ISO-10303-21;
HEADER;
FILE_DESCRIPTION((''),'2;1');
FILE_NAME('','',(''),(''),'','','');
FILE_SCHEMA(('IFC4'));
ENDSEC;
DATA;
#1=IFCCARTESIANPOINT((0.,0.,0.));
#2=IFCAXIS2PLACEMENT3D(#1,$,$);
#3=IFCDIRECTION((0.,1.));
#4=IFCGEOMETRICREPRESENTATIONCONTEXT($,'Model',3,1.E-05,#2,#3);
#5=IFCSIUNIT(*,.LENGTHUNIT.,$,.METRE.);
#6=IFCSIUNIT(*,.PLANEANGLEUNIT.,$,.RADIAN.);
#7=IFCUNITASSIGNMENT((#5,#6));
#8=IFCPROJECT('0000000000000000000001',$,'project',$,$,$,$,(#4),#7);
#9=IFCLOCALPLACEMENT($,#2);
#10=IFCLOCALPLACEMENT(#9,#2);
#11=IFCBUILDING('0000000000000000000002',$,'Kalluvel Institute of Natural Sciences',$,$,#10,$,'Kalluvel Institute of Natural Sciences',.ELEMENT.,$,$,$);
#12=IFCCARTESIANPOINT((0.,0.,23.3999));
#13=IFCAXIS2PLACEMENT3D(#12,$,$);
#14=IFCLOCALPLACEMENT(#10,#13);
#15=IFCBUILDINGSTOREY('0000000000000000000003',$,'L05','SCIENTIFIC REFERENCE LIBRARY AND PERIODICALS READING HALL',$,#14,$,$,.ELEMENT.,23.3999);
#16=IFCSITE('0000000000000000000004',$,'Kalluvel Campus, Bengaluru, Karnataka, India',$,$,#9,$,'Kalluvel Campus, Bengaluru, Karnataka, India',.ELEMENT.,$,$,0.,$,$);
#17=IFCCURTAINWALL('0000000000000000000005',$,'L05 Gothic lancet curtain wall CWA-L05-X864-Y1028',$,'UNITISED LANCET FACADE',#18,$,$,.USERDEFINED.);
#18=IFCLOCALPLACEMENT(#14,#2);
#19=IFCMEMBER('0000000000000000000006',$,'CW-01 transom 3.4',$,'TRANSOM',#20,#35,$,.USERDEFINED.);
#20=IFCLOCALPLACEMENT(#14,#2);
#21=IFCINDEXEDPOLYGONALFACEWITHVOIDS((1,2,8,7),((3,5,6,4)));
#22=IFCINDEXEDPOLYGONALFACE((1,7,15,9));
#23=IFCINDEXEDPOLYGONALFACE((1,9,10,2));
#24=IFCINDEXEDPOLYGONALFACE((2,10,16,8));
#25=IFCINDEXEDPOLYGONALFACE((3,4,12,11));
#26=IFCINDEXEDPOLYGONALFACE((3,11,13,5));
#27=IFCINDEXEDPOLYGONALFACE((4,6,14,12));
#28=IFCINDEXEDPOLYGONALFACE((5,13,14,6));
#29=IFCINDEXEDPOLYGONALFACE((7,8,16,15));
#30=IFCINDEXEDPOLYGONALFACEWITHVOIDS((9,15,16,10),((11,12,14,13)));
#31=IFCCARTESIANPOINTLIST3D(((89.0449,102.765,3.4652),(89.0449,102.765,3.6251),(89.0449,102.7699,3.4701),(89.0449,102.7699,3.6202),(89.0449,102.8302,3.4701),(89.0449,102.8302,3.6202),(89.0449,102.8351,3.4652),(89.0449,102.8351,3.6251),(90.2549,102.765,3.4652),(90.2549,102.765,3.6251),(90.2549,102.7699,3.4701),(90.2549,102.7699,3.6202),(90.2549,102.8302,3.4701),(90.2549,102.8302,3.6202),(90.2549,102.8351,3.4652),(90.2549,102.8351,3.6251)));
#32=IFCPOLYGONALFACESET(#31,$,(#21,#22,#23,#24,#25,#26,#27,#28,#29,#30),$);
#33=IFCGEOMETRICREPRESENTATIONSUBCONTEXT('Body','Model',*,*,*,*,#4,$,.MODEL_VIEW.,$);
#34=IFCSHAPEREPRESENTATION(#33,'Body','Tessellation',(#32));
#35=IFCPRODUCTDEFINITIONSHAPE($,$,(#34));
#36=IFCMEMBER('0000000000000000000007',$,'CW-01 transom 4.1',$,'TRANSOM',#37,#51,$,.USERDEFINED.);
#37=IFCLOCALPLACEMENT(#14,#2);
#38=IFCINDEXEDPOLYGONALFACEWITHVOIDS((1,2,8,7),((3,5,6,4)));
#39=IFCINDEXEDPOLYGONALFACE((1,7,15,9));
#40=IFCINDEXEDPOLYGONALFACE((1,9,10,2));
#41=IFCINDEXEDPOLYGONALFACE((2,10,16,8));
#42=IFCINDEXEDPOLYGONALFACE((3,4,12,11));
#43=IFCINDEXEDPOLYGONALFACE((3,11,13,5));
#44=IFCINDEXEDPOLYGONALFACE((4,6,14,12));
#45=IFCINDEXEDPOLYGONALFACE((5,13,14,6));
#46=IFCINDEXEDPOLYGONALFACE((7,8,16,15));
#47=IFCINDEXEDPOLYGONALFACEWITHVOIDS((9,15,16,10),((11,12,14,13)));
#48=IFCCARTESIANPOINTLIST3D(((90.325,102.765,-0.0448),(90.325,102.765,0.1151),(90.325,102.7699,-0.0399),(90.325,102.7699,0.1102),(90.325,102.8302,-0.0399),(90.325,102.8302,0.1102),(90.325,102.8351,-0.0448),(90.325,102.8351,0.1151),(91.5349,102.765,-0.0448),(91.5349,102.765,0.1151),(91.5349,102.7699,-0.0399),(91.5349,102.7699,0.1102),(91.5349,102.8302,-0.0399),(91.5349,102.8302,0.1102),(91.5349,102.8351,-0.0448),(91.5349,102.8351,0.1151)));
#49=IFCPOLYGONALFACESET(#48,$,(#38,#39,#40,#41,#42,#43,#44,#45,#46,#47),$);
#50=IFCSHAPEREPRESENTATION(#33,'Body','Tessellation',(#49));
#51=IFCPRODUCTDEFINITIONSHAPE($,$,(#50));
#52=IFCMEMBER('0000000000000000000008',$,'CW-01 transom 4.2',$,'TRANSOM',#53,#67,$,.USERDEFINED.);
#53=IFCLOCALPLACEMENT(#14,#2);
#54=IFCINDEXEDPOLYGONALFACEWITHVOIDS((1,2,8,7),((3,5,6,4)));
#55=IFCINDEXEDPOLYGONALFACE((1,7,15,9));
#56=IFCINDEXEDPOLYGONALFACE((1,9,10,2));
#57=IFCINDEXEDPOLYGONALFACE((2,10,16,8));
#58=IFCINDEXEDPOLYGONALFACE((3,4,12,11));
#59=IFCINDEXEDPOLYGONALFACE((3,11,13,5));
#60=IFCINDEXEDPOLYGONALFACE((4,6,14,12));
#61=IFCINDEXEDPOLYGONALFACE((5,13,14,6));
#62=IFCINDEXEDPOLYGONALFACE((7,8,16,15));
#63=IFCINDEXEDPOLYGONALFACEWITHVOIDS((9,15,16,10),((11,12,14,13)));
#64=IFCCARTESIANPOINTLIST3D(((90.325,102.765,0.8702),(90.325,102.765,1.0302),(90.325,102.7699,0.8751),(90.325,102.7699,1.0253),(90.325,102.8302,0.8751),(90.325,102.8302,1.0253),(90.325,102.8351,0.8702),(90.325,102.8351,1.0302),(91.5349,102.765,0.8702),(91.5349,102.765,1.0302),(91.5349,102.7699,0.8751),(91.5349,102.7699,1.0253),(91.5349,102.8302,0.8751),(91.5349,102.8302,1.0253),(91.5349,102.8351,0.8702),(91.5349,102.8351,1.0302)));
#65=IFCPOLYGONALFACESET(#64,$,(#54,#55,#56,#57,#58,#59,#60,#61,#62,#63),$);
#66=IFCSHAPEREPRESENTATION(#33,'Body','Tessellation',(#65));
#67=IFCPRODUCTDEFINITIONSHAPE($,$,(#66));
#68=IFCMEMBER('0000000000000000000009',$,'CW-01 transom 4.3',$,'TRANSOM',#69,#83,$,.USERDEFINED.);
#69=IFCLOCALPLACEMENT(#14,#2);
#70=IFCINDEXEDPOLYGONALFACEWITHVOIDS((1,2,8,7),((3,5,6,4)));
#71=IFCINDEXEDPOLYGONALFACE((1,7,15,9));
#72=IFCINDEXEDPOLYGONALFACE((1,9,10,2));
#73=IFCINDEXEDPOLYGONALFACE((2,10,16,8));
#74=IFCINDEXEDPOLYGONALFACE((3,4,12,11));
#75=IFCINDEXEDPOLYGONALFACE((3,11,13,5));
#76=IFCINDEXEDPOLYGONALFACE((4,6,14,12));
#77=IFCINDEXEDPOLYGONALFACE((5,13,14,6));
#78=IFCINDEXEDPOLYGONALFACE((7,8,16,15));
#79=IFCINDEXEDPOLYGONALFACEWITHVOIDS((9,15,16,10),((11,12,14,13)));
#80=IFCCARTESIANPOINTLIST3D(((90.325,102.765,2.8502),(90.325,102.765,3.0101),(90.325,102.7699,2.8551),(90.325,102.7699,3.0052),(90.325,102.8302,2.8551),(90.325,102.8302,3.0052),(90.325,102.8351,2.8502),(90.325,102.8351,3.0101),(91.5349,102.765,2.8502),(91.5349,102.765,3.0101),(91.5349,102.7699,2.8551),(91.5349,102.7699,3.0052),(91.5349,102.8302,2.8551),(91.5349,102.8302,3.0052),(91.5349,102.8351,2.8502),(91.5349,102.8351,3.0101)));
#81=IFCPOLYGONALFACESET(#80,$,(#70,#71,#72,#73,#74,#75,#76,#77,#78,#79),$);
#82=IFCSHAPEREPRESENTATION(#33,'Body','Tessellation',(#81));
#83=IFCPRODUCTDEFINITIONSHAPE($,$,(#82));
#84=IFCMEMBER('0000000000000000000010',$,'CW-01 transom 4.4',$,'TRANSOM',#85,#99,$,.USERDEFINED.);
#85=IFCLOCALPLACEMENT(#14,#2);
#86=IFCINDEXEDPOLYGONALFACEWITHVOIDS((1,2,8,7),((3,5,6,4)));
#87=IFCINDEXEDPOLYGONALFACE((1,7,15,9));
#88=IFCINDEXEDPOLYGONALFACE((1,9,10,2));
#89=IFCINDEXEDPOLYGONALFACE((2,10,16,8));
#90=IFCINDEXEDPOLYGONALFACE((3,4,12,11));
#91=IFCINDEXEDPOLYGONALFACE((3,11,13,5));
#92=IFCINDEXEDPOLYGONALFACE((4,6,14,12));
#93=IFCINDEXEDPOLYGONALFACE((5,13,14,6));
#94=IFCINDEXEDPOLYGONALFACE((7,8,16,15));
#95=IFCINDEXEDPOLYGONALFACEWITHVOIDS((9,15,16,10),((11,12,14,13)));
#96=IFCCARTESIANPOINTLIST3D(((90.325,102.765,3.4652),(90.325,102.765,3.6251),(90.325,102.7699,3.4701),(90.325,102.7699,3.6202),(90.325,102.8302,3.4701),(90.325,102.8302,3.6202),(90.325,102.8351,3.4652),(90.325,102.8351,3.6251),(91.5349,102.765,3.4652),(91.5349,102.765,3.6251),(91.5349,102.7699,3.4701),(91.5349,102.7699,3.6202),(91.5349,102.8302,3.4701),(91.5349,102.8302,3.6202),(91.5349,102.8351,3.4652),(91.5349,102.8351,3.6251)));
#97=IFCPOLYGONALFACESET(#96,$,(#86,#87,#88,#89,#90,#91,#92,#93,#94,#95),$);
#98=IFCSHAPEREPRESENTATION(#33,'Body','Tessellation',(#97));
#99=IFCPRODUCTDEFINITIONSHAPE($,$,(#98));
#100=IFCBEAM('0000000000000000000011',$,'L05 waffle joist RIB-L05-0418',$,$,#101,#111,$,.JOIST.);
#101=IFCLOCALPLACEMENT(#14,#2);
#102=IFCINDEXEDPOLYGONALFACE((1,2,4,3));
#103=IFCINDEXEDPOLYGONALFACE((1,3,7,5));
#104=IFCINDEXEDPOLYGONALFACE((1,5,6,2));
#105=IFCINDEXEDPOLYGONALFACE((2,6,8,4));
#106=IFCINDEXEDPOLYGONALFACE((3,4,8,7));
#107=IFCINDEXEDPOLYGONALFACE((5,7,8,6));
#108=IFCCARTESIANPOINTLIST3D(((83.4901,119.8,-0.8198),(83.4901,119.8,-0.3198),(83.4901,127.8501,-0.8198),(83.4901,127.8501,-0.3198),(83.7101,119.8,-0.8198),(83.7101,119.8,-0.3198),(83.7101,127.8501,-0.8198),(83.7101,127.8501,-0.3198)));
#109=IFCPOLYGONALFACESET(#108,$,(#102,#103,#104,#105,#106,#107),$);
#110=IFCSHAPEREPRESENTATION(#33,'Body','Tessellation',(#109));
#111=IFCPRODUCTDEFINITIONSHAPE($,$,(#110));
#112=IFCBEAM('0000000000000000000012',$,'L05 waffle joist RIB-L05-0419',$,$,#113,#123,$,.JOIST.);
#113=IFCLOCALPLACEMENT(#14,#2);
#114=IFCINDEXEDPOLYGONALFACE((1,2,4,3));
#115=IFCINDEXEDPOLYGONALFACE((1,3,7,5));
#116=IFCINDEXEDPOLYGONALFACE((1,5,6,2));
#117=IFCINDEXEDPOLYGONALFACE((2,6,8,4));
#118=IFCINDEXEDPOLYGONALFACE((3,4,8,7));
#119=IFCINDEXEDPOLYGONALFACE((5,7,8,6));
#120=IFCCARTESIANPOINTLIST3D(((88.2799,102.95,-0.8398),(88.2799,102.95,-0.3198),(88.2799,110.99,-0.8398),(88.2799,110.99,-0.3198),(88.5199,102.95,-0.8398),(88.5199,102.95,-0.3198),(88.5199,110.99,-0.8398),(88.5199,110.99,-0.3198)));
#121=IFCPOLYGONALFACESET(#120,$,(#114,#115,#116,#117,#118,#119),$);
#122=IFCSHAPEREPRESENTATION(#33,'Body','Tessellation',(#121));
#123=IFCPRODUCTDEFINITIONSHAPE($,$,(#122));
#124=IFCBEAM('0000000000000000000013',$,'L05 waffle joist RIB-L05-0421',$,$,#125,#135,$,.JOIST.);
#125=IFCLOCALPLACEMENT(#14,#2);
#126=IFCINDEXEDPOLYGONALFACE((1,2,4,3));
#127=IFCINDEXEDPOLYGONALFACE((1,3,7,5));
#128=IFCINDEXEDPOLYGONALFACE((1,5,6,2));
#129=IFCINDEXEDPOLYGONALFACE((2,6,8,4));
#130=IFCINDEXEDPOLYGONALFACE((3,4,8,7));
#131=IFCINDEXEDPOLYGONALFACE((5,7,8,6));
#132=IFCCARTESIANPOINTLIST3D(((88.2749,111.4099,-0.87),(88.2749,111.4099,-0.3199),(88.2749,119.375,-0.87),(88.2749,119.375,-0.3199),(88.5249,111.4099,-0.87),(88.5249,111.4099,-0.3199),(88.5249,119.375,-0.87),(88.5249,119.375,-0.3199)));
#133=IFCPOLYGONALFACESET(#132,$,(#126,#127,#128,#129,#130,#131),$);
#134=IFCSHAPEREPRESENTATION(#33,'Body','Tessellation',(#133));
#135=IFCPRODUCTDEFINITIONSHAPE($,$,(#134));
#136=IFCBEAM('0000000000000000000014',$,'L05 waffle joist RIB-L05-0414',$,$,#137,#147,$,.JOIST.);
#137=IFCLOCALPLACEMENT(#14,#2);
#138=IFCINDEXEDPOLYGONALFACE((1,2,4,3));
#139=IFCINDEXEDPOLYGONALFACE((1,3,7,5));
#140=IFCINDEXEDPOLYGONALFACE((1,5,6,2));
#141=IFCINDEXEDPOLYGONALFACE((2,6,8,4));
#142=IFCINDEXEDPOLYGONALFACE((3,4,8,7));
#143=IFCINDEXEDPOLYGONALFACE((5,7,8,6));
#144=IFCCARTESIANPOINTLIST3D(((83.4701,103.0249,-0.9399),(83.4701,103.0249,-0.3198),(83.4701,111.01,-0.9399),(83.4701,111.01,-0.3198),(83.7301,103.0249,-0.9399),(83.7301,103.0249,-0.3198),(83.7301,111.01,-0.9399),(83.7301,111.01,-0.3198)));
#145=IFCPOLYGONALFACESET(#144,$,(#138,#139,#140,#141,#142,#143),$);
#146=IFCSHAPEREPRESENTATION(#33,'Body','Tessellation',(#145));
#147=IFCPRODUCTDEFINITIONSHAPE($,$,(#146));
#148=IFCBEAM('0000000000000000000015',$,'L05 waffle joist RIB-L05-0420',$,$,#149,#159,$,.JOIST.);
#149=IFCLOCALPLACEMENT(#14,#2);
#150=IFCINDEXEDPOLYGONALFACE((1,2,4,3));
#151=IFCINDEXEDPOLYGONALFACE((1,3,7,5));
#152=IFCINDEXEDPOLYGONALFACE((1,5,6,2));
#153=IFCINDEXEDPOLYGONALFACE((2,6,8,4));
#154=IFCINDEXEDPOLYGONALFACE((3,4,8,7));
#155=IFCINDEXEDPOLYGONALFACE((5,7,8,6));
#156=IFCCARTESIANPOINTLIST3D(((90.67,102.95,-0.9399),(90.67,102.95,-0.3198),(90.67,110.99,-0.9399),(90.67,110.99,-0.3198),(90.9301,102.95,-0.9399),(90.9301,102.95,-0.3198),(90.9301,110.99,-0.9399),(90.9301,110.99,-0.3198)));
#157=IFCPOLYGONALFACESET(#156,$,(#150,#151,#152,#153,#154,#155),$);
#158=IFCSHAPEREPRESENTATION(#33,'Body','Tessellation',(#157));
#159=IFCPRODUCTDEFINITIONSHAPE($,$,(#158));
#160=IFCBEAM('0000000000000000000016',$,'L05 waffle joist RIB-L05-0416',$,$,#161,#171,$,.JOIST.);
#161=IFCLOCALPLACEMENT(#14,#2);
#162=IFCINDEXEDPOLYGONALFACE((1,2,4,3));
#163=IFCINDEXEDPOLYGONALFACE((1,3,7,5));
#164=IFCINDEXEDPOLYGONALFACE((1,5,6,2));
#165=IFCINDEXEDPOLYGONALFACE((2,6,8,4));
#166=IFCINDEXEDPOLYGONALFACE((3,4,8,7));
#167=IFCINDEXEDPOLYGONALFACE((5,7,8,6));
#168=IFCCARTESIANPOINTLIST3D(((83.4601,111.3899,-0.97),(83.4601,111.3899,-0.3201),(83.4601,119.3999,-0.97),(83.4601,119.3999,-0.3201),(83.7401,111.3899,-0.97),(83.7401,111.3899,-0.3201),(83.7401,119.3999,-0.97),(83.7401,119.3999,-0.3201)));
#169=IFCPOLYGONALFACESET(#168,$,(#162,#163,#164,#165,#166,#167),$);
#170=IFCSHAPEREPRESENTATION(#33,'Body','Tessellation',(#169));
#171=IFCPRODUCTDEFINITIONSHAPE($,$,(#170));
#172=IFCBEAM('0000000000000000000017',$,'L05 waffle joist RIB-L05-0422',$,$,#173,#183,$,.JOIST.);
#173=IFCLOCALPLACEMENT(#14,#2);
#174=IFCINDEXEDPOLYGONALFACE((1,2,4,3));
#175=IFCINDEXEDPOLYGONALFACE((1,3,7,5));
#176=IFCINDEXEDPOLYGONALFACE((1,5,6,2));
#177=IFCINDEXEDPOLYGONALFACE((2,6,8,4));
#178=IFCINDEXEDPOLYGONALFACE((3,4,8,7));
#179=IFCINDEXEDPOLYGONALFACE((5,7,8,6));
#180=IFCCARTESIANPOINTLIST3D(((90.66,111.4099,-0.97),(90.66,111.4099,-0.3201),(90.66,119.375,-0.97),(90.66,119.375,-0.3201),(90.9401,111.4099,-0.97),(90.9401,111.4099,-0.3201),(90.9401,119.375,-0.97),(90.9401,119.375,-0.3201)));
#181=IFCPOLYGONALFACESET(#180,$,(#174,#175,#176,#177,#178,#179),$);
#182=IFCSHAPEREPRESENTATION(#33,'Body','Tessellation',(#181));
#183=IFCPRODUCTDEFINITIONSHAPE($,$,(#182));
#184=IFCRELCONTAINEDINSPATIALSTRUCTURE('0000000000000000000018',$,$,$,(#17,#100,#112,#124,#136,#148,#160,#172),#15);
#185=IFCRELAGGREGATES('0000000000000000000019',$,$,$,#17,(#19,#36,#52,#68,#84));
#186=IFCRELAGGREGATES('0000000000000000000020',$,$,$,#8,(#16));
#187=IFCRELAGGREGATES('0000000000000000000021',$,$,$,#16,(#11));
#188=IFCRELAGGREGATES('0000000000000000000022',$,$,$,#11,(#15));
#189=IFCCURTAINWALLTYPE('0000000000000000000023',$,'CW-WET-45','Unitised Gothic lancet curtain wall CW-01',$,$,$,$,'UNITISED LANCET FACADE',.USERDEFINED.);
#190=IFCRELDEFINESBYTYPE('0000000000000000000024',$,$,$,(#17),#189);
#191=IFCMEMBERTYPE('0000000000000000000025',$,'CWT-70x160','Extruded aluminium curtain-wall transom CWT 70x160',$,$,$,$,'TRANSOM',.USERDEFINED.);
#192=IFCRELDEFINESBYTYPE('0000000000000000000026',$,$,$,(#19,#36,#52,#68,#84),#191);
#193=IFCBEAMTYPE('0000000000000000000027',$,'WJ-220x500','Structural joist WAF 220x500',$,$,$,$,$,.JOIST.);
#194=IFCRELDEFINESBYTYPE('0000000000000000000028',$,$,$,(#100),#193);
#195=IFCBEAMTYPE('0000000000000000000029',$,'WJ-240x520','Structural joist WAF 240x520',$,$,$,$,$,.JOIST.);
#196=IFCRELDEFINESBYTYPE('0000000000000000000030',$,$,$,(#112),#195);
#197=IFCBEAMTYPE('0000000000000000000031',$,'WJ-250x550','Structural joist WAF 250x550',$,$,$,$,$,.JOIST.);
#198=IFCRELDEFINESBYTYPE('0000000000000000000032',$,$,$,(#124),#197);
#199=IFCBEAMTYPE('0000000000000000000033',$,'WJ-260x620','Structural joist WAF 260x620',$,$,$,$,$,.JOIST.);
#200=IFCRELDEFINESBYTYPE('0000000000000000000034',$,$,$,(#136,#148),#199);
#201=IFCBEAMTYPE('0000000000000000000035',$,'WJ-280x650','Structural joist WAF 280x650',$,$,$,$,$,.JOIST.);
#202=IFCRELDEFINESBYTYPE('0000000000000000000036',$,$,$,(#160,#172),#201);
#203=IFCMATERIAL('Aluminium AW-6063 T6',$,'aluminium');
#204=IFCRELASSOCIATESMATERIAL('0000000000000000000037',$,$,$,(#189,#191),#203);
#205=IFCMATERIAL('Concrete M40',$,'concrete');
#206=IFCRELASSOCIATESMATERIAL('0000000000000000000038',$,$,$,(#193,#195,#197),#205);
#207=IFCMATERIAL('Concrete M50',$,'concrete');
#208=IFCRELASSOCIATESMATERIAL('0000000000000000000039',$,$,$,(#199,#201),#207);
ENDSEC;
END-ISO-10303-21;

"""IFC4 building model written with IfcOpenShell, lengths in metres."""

from ifc_helpers import new_model, si_unit, direction, frame, origin, origin_2d, place, context, subcontext, project, spatial, rectangle, hollow_rectangle, extrude, material, material_profile, profile_set, type_object, element, aggregate, save


model = new_model("IFC4")

# Units and contexts
model_context = context("Model", 3, precision=1e-05, world=origin(), true_north=direction((0.0, 1.0)))
body_context = subcontext(model_context, "Body", "Model", "MODEL_VIEW")
ifc_project = project(units=[si_unit("LENGTHUNIT", "METRE"), si_unit("PLANEANGLEUNIT", "RADIAN")], contexts=[model_context])

# Site, building, storey
site_placement = place(None, origin())
site = spatial("IfcSite", under=ifc_project, at=site_placement, Name="Kalluvel Campus, Bengaluru, Karnataka, India", LongName="Kalluvel Campus, Bengaluru, Karnataka, India", CompositionType="ELEMENT", RefElevation=0.0)
building_placement = place(site_placement, origin())
building = spatial("IfcBuilding", under=site, at=building_placement, Name="Kalluvel Institute of Natural Sciences", LongName="Kalluvel Institute of Natural Sciences", CompositionType="ELEMENT")
storey_placement = place(building_placement, frame((0.0, 0.0, 23.3999)))
storey = spatial("IfcBuildingStorey", under=building, at=storey_placement, Name="L05", Description="SCIENTIFIC REFERENCE LIBRARY AND PERIODICALS READING HALL", CompositionType="ELEMENT", Elevation=23.3999)

# Shared definitions
ifc_material_1 = material(Name="Concrete M50", Category="concrete")
ifc_material_2 = material(Name="Concrete M40", Category="concrete")

# Curtain wall, members
ifc_material_3 = material(Name="Aluminium AW-6063 T6", Category="aluminium")
curtain_wall_type = type_object("IfcCurtainWallType", Name="CW-WET-45", Description="Unitised Gothic lancet curtain wall CW-01", ElementType="UNITISED LANCET FACADE", PredefinedType="USERDEFINED", material=ifc_material_3)
curtain_wall_placement = place(storey_placement, origin())
curtain_wall = element("IfcCurtainWall", 1, at=curtain_wall_placement, inside=storey, type_object=curtain_wall_type, Name="L05 Gothic lancet curtain wall CWA-L05-X864-Y1028", ObjectType="UNITISED LANCET FACADE", PredefinedType="USERDEFINED")
ifc_material_profile_1 = material_profile(ifc_material_3, hollow_rectangle(XDim=0.0701, YDim=0.1599, WallThickness=0.0049, at=origin_2d()), Name="CWT 70x160")
ifc_profile_set_1 = profile_set([ifc_material_profile_1], Name="Aluminium AW-6063 T6")
member_type_1 = type_object("IfcMemberType", Name="CWT-70x160", Description="Extruded aluminium curtain-wall transom CWT 70x160", ElementType="TRANSOM", PredefinedType="USERDEFINED", material=ifc_profile_set_1)
member_1_placement = place(storey_placement, frame((89.0449, 102.8, 3.5452), z_axis=(1.0, 0.0, 0.0), x_axis=(0.0, 1.0, 0.0)))
member_1 = element("IfcMember", 2, at=member_1_placement, type_object=member_type_1, Name="CW-01 transom 3.4", ObjectType="TRANSOM", PredefinedType="USERDEFINED", context=body_context, shape_type="SweptSolid", body=[
    extrude(hollow_rectangle(XDim=0.0701, YDim=0.1599, WallThickness=0.0049, at=origin_2d()), origin(), (0.0, 0.0, 1.0), 1.21),
])
member_2_placement = place(storey_placement, frame((90.325, 102.8, 0.0352), z_axis=(1.0, 0.0, 0.0), x_axis=(0.0, 1.0, 0.0)))
member_2 = element("IfcMember", 3, at=member_2_placement, type_object=member_type_1, Name="CW-01 transom 4.1", ObjectType="TRANSOM", PredefinedType="USERDEFINED", context=body_context, shape_type="SweptSolid", body=[
    extrude(hollow_rectangle(XDim=0.0701, YDim=0.1599, WallThickness=0.0049, at=origin_2d()), origin(), (0.0, 0.0, 1.0), 1.21),
])
member_3_placement = place(storey_placement, frame((90.325, 102.8, 0.9502), z_axis=(1.0, 0.0, 0.0), x_axis=(0.0, 1.0, 0.0)))
member_3 = element("IfcMember", 4, at=member_3_placement, type_object=member_type_1, Name="CW-01 transom 4.2", ObjectType="TRANSOM", PredefinedType="USERDEFINED", context=body_context, shape_type="SweptSolid", body=[
    extrude(hollow_rectangle(XDim=0.0701, YDim=0.1599, WallThickness=0.0049, at=origin_2d()), origin(), (0.0, 0.0, 1.0), 1.21),
])
member_4_placement = place(storey_placement, frame((90.325, 102.8, 2.9302), z_axis=(1.0, 0.0, 0.0), x_axis=(0.0, 1.0, 0.0)))
member_4 = element("IfcMember", 5, at=member_4_placement, type_object=member_type_1, Name="CW-01 transom 4.3", ObjectType="TRANSOM", PredefinedType="USERDEFINED", context=body_context, shape_type="SweptSolid", body=[
    extrude(hollow_rectangle(XDim=0.0701, YDim=0.1599, WallThickness=0.0049, at=origin_2d()), origin(), (0.0, 0.0, 1.0), 1.21),
])
member_5_placement = place(storey_placement, frame((90.325, 102.8, 3.5452), z_axis=(1.0, 0.0, 0.0), x_axis=(0.0, 1.0, 0.0)))
member_5 = element("IfcMember", 6, at=member_5_placement, type_object=member_type_1, Name="CW-01 transom 4.4", ObjectType="TRANSOM", PredefinedType="USERDEFINED", context=body_context, shape_type="SweptSolid", body=[
    extrude(hollow_rectangle(XDim=0.0701, YDim=0.1599, WallThickness=0.0049, at=origin_2d()), origin(), (0.0, 0.0, 1.0), 1.21),
])

# Beams
ifc_material_profile_2 = material_profile(ifc_material_2, rectangle(XDim=0.22, YDim=0.5, at=origin_2d()), Name="WAF 220x500")
ifc_profile_set_2 = profile_set([ifc_material_profile_2], Name="Concrete M40")
beam_type_1 = type_object("IfcBeamType", Name="WJ-220x500", Description="Structural joist WAF 220x500", PredefinedType="JOIST", material=ifc_profile_set_2)
beam_1_placement = place(storey_placement, frame((83.6001, 119.8, -0.5698), z_axis=(0.0, 1.0, 0.0), x_axis=(-1.0, 0.0, 0.0)))
element("IfcBeam", 7, at=beam_1_placement, inside=storey, type_object=beam_type_1, Name="L05 waffle joist RIB-L05-0418", PredefinedType="JOIST", context=body_context, shape_type="SweptSolid", body=[
    extrude(rectangle(XDim=0.22, YDim=0.5, at=origin_2d()), origin(), (0.0, 0.0, 1.0), 8.05),
])
ifc_material_profile_3 = material_profile(ifc_material_2, rectangle(XDim=0.24, YDim=0.52, at=origin_2d()), Name="WAF 240x520")
ifc_profile_set_3 = profile_set([ifc_material_profile_3], Name="Concrete M40")
beam_type_2 = type_object("IfcBeamType", Name="WJ-240x520", Description="Structural joist WAF 240x520", PredefinedType="JOIST", material=ifc_profile_set_3)
beam_2_placement = place(storey_placement, frame((88.3999, 102.95, -0.5798), z_axis=(0.0, 1.0, 0.0), x_axis=(-1.0, 0.0, 0.0)))
element("IfcBeam", 8, at=beam_2_placement, inside=storey, type_object=beam_type_2, Name="L05 waffle joist RIB-L05-0419", PredefinedType="JOIST", context=body_context, shape_type="SweptSolid", body=[
    extrude(rectangle(XDim=0.24, YDim=0.52, at=origin_2d()), origin(), (0.0, 0.0, 1.0), 8.04),
])
ifc_material_profile_4 = material_profile(ifc_material_2, rectangle(XDim=0.25, YDim=0.55, at=origin_2d()), Name="WAF 250x550")
ifc_profile_set_4 = profile_set([ifc_material_profile_4], Name="Concrete M40")
beam_type_3 = type_object("IfcBeamType", Name="WJ-250x550", Description="Structural joist WAF 250x550", PredefinedType="JOIST", material=ifc_profile_set_4)
beam_3_placement = place(storey_placement, frame((88.3999, 111.4099, -0.595), z_axis=(0.0, 1.0, 0.0), x_axis=(-1.0, 0.0, 0.0)))
element("IfcBeam", 9, at=beam_3_placement, inside=storey, type_object=beam_type_3, Name="L05 waffle joist RIB-L05-0421", PredefinedType="JOIST", context=body_context, shape_type="SweptSolid", body=[
    extrude(rectangle(XDim=0.25, YDim=0.55, at=origin_2d()), origin(), (0.0, 0.0, 1.0), 7.9651),
])
ifc_material_profile_5 = material_profile(ifc_material_1, rectangle(XDim=0.26, YDim=0.6201, at=origin_2d()), Name="WAF 260x620")
ifc_profile_set_5 = profile_set([ifc_material_profile_5], Name="Concrete M50")
beam_type_4 = type_object("IfcBeamType", Name="WJ-260x620", Description="Structural joist WAF 260x620", PredefinedType="JOIST", material=ifc_profile_set_5)
beam_4_placement = place(storey_placement, frame((83.6001, 103.0249, -0.6299), z_axis=(0.0, 1.0, 0.0), x_axis=(-1.0, 0.0, 0.0)))
element("IfcBeam", 10, at=beam_4_placement, inside=storey, type_object=beam_type_4, Name="L05 waffle joist RIB-L05-0414", PredefinedType="JOIST", context=body_context, shape_type="SweptSolid", body=[
    extrude(rectangle(XDim=0.26, YDim=0.6201, at=origin_2d()), origin(), (0.0, 0.0, 1.0), 7.9851),
])
beam_5_placement = place(storey_placement, frame((90.8, 102.95, -0.6299), z_axis=(0.0, 1.0, 0.0), x_axis=(-1.0, 0.0, 0.0)))
element("IfcBeam", 11, at=beam_5_placement, inside=storey, type_object=beam_type_4, Name="L05 waffle joist RIB-L05-0420", PredefinedType="JOIST", context=body_context, shape_type="SweptSolid", body=[
    extrude(rectangle(XDim=0.26, YDim=0.6201, at=origin_2d()), origin(), (0.0, 0.0, 1.0), 8.04),
])
ifc_material_profile_6 = material_profile(ifc_material_1, rectangle(XDim=0.28, YDim=0.6499, at=origin_2d()), Name="WAF 280x650")
ifc_profile_set_6 = profile_set([ifc_material_profile_6], Name="Concrete M50")
beam_type_5 = type_object("IfcBeamType", Name="WJ-280x650", Description="Structural joist WAF 280x650", PredefinedType="JOIST", material=ifc_profile_set_6)
beam_6_placement = place(storey_placement, frame((83.6001, 111.3899, -0.645), z_axis=(0.0, 1.0, 0.0), x_axis=(-1.0, 0.0, 0.0)))
element("IfcBeam", 12, at=beam_6_placement, inside=storey, type_object=beam_type_5, Name="L05 waffle joist RIB-L05-0416", PredefinedType="JOIST", context=body_context, shape_type="SweptSolid", body=[
    extrude(rectangle(XDim=0.28, YDim=0.6499, at=origin_2d()), origin(), (0.0, 0.0, 1.0), 8.01),
])
beam_7_placement = place(storey_placement, frame((90.8, 111.4099, -0.645), z_axis=(0.0, 1.0, 0.0), x_axis=(-1.0, 0.0, 0.0)))
element("IfcBeam", 13, at=beam_7_placement, inside=storey, type_object=beam_type_5, Name="L05 waffle joist RIB-L05-0422", PredefinedType="JOIST", context=body_context, shape_type="SweptSolid", body=[
    extrude(rectangle(XDim=0.28, YDim=0.6499, at=origin_2d()), origin(), (0.0, 0.0, 1.0), 7.9651),
])

aggregate(curtain_wall, [member_1, member_2, member_3, member_4, member_5])

save(model, "model.ifc")
